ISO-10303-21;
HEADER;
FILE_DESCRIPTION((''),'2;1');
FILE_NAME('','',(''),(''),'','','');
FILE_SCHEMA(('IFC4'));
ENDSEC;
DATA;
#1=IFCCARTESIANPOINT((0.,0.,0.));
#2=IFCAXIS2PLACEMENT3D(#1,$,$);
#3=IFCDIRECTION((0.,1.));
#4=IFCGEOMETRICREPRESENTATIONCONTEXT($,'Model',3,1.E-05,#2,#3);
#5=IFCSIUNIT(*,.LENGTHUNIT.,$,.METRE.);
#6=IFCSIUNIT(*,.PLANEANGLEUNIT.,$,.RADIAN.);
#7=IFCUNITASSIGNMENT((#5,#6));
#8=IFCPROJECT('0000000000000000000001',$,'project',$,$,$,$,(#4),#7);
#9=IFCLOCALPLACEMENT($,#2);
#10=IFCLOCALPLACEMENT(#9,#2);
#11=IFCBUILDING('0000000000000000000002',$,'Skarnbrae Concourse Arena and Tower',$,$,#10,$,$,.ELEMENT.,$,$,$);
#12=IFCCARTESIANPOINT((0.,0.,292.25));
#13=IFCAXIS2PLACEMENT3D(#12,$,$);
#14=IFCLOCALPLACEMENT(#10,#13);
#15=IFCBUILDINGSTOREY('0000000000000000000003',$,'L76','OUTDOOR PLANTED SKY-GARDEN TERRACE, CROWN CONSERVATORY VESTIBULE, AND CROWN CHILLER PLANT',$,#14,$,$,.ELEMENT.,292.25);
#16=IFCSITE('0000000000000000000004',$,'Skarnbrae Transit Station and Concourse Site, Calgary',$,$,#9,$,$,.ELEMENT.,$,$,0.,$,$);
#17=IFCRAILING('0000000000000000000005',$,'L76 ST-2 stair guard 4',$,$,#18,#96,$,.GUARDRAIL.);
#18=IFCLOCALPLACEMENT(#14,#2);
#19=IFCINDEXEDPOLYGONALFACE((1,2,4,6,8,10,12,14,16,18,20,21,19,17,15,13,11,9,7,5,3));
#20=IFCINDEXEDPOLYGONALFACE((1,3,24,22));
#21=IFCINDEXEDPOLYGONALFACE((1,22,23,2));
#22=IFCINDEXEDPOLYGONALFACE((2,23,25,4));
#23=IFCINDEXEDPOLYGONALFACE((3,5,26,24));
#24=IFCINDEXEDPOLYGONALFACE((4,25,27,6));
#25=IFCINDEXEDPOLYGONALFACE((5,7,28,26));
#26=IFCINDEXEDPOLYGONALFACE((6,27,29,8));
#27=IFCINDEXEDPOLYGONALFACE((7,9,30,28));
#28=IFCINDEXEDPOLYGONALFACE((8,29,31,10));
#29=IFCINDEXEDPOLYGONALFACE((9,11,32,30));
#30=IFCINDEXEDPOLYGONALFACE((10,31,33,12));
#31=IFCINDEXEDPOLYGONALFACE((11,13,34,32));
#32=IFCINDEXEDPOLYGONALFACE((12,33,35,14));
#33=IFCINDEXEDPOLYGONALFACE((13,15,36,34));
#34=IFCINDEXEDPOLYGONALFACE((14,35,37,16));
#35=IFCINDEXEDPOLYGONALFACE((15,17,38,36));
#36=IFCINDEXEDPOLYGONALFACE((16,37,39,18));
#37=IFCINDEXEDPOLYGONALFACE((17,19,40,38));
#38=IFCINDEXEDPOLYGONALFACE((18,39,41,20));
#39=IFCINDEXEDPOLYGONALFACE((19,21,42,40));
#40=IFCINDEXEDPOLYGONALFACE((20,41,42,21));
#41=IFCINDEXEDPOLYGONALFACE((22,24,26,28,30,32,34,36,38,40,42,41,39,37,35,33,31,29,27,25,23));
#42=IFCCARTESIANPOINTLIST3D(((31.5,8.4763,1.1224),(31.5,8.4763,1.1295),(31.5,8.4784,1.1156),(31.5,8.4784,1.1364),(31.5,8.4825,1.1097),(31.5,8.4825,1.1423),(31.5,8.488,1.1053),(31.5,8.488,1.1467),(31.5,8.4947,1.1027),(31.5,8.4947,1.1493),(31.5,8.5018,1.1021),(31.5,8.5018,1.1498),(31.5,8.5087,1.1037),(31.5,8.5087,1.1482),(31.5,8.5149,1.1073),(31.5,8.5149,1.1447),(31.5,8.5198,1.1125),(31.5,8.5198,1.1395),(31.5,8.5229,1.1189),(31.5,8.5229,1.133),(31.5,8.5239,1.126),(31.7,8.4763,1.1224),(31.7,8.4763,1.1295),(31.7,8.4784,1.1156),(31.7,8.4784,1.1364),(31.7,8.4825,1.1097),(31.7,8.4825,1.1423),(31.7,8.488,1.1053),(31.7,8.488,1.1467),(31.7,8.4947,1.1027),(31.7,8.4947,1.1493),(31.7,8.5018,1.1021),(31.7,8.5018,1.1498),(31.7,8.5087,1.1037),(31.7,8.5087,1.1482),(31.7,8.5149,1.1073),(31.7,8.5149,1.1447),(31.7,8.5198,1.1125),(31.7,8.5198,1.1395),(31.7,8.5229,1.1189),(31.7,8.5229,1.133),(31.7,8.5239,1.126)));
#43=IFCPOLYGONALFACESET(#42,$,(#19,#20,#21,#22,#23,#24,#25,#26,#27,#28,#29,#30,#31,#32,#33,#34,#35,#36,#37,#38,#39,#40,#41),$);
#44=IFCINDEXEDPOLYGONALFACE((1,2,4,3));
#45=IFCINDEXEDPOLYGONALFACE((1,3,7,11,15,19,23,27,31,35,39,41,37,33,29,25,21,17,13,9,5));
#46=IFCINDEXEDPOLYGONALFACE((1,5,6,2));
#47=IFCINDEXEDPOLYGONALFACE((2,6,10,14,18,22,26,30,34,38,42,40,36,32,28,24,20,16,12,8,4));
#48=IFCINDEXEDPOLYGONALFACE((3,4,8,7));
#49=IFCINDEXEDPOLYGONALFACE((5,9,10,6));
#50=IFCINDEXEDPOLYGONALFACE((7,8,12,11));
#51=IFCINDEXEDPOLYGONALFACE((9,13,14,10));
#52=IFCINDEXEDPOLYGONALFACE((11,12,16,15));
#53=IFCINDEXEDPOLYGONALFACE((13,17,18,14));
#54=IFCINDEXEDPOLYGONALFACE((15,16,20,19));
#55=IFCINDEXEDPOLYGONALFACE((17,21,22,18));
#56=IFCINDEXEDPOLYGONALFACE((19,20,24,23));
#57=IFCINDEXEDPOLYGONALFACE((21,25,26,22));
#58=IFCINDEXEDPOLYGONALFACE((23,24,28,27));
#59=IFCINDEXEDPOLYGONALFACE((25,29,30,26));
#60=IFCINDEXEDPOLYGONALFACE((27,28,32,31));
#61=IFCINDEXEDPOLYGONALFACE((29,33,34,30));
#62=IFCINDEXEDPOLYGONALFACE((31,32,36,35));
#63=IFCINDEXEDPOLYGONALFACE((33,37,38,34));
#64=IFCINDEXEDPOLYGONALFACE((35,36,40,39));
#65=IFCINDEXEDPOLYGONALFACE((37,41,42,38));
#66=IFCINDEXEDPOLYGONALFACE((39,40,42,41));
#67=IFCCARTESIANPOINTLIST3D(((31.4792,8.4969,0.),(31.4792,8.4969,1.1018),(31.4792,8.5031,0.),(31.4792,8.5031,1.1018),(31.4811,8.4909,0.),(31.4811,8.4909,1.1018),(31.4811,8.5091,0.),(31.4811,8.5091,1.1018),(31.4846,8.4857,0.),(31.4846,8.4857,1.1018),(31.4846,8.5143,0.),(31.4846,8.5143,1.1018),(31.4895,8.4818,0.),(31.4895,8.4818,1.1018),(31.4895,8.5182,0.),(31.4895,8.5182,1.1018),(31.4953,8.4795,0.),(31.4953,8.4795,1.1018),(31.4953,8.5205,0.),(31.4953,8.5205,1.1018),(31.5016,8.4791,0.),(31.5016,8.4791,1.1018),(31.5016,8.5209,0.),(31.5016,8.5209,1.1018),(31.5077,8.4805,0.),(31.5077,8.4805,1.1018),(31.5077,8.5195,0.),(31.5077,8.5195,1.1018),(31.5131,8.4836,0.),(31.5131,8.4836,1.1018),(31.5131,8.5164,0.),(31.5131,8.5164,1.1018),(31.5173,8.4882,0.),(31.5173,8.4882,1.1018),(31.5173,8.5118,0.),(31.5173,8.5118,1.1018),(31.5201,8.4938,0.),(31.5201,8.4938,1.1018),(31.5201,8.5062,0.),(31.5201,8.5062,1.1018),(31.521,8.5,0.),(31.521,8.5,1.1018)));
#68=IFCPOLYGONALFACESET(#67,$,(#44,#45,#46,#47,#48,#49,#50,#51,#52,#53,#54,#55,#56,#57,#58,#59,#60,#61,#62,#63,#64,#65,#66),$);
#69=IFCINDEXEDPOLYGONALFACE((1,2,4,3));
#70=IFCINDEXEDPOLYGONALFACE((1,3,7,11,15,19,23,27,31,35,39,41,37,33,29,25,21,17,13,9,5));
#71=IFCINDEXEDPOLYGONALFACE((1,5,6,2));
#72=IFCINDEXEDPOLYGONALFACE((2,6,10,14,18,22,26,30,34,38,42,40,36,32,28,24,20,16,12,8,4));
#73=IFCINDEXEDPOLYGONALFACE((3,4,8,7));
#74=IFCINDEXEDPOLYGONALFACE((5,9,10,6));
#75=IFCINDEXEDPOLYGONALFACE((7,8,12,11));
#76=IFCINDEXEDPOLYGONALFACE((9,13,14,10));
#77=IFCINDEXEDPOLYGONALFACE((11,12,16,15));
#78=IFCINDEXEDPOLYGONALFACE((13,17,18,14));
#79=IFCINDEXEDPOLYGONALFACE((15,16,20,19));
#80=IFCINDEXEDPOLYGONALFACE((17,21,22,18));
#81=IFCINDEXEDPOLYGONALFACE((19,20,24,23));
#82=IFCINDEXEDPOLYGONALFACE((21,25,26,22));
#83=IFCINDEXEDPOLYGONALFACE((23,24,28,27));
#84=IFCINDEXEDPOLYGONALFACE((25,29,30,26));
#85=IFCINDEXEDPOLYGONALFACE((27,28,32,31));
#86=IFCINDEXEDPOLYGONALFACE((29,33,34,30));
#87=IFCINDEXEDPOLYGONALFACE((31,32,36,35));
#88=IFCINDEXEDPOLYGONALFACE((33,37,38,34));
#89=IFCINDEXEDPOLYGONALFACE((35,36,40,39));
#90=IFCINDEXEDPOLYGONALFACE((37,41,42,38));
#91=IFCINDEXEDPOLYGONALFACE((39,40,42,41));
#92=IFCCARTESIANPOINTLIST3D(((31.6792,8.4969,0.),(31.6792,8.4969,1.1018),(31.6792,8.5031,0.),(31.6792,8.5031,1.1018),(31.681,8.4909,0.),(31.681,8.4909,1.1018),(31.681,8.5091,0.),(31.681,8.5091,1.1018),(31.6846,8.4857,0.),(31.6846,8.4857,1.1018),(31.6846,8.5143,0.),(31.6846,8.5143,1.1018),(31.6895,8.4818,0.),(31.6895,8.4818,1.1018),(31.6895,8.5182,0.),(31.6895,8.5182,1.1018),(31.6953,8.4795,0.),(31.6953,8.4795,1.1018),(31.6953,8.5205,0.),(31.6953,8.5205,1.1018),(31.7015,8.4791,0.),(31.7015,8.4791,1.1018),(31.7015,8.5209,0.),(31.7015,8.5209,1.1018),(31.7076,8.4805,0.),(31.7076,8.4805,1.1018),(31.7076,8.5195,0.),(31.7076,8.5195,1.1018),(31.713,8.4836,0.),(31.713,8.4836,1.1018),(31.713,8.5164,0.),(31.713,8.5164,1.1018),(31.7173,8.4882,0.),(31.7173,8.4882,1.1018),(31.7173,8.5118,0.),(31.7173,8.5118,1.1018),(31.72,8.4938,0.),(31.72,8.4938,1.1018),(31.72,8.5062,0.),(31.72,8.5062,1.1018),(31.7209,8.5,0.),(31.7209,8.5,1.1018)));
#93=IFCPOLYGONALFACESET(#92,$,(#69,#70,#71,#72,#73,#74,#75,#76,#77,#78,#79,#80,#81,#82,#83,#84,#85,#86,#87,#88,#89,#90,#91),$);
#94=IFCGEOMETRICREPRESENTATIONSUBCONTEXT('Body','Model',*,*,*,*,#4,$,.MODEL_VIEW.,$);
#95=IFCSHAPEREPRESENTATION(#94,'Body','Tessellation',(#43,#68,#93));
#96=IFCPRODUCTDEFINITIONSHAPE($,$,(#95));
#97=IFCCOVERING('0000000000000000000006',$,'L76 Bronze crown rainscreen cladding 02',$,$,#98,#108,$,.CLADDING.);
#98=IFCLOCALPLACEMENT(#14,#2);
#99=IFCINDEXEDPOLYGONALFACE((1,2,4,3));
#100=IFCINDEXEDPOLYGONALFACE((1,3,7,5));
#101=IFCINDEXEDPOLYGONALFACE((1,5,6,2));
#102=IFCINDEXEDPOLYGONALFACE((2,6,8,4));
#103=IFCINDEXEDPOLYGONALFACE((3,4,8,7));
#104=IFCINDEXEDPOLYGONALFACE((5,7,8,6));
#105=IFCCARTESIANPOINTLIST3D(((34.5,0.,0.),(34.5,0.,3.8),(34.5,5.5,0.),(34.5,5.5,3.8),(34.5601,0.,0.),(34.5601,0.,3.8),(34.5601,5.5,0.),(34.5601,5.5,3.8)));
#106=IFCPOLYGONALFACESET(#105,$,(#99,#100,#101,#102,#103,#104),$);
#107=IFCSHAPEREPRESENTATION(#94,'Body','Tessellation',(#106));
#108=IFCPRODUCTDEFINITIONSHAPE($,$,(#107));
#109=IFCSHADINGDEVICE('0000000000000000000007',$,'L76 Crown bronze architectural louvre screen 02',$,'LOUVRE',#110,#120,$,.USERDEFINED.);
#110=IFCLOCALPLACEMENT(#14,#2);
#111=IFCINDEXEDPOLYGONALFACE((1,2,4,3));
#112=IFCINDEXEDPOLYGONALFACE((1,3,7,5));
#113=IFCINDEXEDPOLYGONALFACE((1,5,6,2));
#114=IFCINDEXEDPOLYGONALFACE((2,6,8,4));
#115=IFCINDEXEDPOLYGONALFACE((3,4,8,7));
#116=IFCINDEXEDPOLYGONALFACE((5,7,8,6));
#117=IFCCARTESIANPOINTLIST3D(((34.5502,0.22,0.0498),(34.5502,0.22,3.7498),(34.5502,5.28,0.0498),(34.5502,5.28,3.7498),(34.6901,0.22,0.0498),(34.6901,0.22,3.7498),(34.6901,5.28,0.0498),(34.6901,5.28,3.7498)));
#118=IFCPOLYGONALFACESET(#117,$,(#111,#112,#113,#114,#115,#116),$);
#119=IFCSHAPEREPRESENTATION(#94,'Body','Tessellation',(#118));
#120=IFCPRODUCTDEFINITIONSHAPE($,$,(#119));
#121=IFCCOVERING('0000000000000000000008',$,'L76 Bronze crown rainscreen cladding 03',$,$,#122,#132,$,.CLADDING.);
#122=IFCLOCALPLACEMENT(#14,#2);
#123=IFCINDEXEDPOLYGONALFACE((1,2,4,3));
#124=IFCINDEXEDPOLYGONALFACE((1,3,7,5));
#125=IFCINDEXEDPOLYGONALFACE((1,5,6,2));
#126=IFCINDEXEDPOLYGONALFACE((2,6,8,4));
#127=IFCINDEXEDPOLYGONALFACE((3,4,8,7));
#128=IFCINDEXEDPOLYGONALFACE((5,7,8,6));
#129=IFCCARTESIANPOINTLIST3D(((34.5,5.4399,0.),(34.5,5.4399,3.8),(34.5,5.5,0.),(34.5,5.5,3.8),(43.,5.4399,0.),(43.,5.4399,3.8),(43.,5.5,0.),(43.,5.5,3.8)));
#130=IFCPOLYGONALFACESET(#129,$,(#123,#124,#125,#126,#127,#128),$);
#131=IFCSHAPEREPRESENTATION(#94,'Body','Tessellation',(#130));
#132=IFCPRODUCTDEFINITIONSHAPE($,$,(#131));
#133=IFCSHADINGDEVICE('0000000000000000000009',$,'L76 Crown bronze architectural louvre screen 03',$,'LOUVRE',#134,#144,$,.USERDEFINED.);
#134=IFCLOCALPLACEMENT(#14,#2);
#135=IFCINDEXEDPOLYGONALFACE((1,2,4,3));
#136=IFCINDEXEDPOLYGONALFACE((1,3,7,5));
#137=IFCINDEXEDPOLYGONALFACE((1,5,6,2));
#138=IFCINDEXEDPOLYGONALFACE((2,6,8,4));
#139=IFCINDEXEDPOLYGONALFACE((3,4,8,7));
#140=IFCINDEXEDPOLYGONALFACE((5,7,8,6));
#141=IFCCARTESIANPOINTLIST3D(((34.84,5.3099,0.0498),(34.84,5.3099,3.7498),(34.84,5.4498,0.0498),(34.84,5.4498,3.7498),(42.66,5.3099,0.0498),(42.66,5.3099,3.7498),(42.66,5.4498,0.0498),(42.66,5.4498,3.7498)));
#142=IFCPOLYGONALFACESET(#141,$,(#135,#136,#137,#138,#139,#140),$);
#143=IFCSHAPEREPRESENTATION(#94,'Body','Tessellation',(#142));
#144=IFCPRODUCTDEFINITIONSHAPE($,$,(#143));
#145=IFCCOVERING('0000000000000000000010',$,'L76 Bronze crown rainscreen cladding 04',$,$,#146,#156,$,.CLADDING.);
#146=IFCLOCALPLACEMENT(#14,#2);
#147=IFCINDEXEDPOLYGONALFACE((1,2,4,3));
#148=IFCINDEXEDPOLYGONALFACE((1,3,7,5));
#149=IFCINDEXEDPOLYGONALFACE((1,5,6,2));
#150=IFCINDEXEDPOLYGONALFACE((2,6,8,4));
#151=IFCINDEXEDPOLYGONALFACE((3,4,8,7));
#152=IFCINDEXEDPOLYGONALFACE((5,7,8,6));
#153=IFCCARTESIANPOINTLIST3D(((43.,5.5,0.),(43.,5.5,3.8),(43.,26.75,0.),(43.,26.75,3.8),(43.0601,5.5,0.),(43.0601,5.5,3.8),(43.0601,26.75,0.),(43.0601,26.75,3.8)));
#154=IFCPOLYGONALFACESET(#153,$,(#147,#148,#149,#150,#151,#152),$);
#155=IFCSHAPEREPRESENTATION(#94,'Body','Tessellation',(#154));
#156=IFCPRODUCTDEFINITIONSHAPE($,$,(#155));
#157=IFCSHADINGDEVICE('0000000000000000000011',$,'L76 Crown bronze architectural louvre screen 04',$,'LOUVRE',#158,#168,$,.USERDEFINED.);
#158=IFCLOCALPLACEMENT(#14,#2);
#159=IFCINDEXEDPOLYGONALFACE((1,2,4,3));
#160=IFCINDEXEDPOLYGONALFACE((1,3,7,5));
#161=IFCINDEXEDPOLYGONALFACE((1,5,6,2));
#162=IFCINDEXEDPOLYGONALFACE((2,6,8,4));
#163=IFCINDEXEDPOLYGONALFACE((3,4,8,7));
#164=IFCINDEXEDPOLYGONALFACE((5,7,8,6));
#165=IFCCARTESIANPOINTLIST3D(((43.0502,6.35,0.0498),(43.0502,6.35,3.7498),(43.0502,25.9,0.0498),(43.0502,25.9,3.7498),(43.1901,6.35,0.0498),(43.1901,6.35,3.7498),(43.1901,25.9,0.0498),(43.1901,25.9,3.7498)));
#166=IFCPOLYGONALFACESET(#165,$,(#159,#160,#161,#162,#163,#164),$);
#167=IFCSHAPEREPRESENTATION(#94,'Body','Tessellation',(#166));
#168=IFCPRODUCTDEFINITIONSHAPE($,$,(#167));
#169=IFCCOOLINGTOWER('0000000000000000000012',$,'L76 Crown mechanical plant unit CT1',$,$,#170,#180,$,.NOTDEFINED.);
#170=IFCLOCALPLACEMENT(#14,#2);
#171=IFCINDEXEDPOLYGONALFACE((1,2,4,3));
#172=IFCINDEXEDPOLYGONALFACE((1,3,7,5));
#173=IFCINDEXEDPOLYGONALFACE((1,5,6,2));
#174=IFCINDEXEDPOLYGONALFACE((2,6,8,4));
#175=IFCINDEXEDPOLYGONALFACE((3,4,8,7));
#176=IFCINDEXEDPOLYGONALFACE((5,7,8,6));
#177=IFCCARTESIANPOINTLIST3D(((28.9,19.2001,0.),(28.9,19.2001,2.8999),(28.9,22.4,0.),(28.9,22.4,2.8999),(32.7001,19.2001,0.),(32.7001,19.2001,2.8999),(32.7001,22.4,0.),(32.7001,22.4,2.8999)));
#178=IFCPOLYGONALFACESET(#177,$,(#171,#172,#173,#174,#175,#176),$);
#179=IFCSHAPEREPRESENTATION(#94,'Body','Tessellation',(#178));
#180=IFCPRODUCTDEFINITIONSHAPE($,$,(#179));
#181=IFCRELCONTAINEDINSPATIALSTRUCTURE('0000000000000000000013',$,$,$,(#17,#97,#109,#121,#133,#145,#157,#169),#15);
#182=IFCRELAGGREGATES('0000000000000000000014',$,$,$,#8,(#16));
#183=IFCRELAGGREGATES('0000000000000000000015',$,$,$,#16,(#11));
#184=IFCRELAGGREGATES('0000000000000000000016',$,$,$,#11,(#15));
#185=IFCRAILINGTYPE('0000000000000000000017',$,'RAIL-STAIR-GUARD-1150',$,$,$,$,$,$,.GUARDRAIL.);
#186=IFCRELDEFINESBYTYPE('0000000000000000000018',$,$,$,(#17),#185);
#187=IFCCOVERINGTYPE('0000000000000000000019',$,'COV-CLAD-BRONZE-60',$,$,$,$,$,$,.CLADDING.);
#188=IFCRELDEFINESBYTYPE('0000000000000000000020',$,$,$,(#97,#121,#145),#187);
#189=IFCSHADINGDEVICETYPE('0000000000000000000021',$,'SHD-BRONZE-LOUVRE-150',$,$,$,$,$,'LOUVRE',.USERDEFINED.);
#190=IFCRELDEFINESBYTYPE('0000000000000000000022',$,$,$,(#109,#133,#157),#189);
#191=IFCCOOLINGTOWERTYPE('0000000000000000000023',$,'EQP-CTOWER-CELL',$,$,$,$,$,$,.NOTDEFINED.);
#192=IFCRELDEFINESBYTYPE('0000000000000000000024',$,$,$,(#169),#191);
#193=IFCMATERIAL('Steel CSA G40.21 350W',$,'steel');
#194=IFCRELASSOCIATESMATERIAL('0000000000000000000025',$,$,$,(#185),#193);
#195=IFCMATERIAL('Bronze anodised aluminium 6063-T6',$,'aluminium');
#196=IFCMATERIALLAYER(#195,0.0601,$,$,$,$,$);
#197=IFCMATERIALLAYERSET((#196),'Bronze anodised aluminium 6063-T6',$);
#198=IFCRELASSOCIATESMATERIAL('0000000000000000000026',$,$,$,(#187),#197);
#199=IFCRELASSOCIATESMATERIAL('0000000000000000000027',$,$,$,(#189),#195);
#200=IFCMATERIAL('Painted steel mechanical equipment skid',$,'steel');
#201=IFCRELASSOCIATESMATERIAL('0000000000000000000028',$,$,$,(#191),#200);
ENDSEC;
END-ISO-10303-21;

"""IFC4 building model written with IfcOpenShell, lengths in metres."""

from ifc_helpers import new_model, si_unit, direction, frame, origin, origin_2d, place, context, subcontext, project, spatial, rectangle, circle, extrude, source, transform, mapped, material, layer, layer_set, type_object, element, save


model = new_model("IFC4")

# Units and contexts
model_context = context("Model", 3, precision=1e-05, world=origin(), true_north=direction((0.0, 1.0)))
body_context = subcontext(model_context, "Body", "Model", "MODEL_VIEW")
ifc_project = project(units=[si_unit("LENGTHUNIT", "METRE"), si_unit("PLANEANGLEUNIT", "RADIAN")], contexts=[model_context])

# Site, building, storey
site_placement = place(None, origin())
site = spatial("IfcSite", under=ifc_project, at=site_placement, Name="Skarnbrae Transit Station and Concourse Site, Calgary", CompositionType="ELEMENT", RefElevation=0.0)
building_placement = place(site_placement, origin())
building = spatial("IfcBuilding", under=site, at=building_placement, Name="Skarnbrae Concourse Arena and Tower", CompositionType="ELEMENT")
storey_placement = place(building_placement, frame((0.0, 0.0, 292.25)))
storey = spatial("IfcBuildingStorey", under=building, at=storey_placement, Name="L76", Description="OUTDOOR PLANTED SKY-GARDEN TERRACE, CROWN CONSERVATORY VESTIBULE, AND CROWN CHILLER PLANT", CompositionType="ELEMENT", Elevation=292.25)

# Shared definitions
ifc_material_1 = material(Name="Steel CSA G40.21 350W", Category="steel")

# Railing
railing_type_1 = type_object("IfcRailingType", Name="RAIL-STAIR-GUARD-1150", PredefinedType="GUARDRAIL", material=ifc_material_1)
railing_1_placement = place(storey_placement, frame((31.5, 8.5, 0.0)))
element("IfcRailing", 1, at=railing_1_placement, inside=storey, type_object=railing_type_1, Name="L76 ST-2 stair guard 4", PredefinedType="GUARDRAIL", context=body_context, shape_type="SweptSolid", body=[
    extrude(circle(Radius=0.0239, at=origin_2d()), frame((0.0, 0.0, 1.126), z_axis=(1.0, 0.0, 0.0), x_axis=(0.0, 1.0, 0.0)), (0.0, 0.0, 1.0), 0.2),
    extrude(circle(Radius=0.021, at=origin_2d()), origin(), (0.0, 0.0, 1.0), 1.1018),
    extrude(circle(Radius=0.021, at=origin_2d()), frame((0.2, 0.0, 0.0)), (0.0, 0.0, 1.0), 1.1018),
])

# Covering
ifc_material_2 = material(Name="Bronze anodised aluminium 6063-T6", Category="aluminium")
ifc_layer_1 = layer(ifc_material_2, 0.0601)
ifc_layer_set_1 = layer_set([ifc_layer_1], Name="Bronze anodised aluminium 6063-T6")
covering_type = type_object("IfcCoveringType", Name="COV-CLAD-BRONZE-60", PredefinedType="CLADDING", material=ifc_layer_set_1)
shared_shape_1 = source(origin(), body_context, "Body", "SweptSolid", [
    extrude(rectangle(XDim=5.5, YDim=0.0601, at=origin_2d()), origin(), (0.0, 0.0, 1.0), 3.8),
])
covering_1_placement = place(storey_placement, frame((34.53, 2.75, 0.0), z_axis=(0.0, 0.0, 1.0), x_axis=(0.0, 1.0, 0.0)))
element("IfcCovering", 2, at=covering_1_placement, inside=storey, type_object=covering_type, Name="L76 Bronze crown rainscreen cladding 02", PredefinedType="CLADDING", context=body_context, shape_type="MappedRepresentation", body=[
    mapped(shared_shape_1, transform((0.0, 0.0, 0.0))),
])

# Shading device
shading_device_type = type_object("IfcShadingDeviceType", Name="SHD-BRONZE-LOUVRE-150", ElementType="LOUVRE", PredefinedType="USERDEFINED", material=ifc_material_2)
shared_shape_2 = source(origin(), body_context, "Body", "SweptSolid", [
    extrude(rectangle(XDim=5.0601, YDim=0.1399, at=origin_2d()), origin(), (0.0, 0.0, 1.0), 3.7),
])
shading_device_1_placement = place(storey_placement, frame((34.6201, 2.75, 0.0498), z_axis=(0.0, 0.0, 1.0), x_axis=(0.0, 1.0, 0.0)))
element("IfcShadingDevice", 3, at=shading_device_1_placement, inside=storey, type_object=shading_device_type, Name="L76 Crown bronze architectural louvre screen 02", ObjectType="LOUVRE", PredefinedType="USERDEFINED", context=body_context, shape_type="MappedRepresentation", body=[
    mapped(shared_shape_2, transform((0.0, 0.0, 0.0))),
])

# Covering
shared_shape_3 = source(origin(), body_context, "Body", "SweptSolid", [
    extrude(rectangle(XDim=8.5, YDim=0.0601, at=origin_2d()), origin(), (0.0, 0.0, 1.0), 3.8),
])
covering_2_placement = place(storey_placement, frame((38.75, 5.47, 0.0), z_axis=(0.0, 0.0, 1.0), x_axis=(1.0, 0.0, 0.0)))
element("IfcCovering", 4, at=covering_2_placement, inside=storey, type_object=covering_type, Name="L76 Bronze crown rainscreen cladding 03", PredefinedType="CLADDING", context=body_context, shape_type="MappedRepresentation", body=[
    mapped(shared_shape_3, transform((0.0, 0.0, 0.0))),
])

# Shading device
shared_shape_4 = source(origin(), body_context, "Body", "SweptSolid", [
    extrude(rectangle(XDim=7.8201, YDim=0.1399, at=origin_2d()), origin(), (0.0, 0.0, 1.0), 3.7),
])
shading_device_2_placement = place(storey_placement, frame((38.75, 5.3799, 0.0498), z_axis=(0.0, 0.0, 1.0), x_axis=(1.0, 0.0, 0.0)))
element("IfcShadingDevice", 5, at=shading_device_2_placement, inside=storey, type_object=shading_device_type, Name="L76 Crown bronze architectural louvre screen 03", ObjectType="LOUVRE", PredefinedType="USERDEFINED", context=body_context, shape_type="MappedRepresentation", body=[
    mapped(shared_shape_4, transform((0.0, 0.0, 0.0))),
])

# Covering
shared_shape_5 = source(origin(), body_context, "Body", "SweptSolid", [
    extrude(rectangle(XDim=21.25, YDim=0.0601, at=origin_2d()), origin(), (0.0, 0.0, 1.0), 3.8),
])
covering_3_placement = place(storey_placement, frame((43.03, 16.125, 0.0), z_axis=(0.0, 0.0, 1.0), x_axis=(0.0, 1.0, 0.0)))
element("IfcCovering", 6, at=covering_3_placement, inside=storey, type_object=covering_type, Name="L76 Bronze crown rainscreen cladding 04", PredefinedType="CLADDING", context=body_context, shape_type="MappedRepresentation", body=[
    mapped(shared_shape_5, transform((0.0, 0.0, 0.0))),
])

# Shading device
shared_shape_6 = source(origin(), body_context, "Body", "SweptSolid", [
    extrude(rectangle(XDim=19.55, YDim=0.1399, at=origin_2d()), origin(), (0.0, 0.0, 1.0), 3.7),
])
shading_device_3_placement = place(storey_placement, frame((43.1201, 16.125, 0.0498), z_axis=(0.0, 0.0, 1.0), x_axis=(0.0, 1.0, 0.0)))
element("IfcShadingDevice", 7, at=shading_device_3_placement, inside=storey, type_object=shading_device_type, Name="L76 Crown bronze architectural louvre screen 04", ObjectType="LOUVRE", PredefinedType="USERDEFINED", context=body_context, shape_type="MappedRepresentation", body=[
    mapped(shared_shape_6, transform((0.0, 0.0, 0.0))),
])

# Cooling tower
ifc_material_3 = material(Name="Painted steel mechanical equipment skid", Category="steel")
cooling_tower_type = type_object("IfcCoolingTowerType", Name="EQP-CTOWER-CELL", PredefinedType="NOTDEFINED", material=ifc_material_3)
shared_shape_7 = source(origin(), body_context, "Body", "SweptSolid", [
    extrude(rectangle(XDim=3.8, YDim=3.2, at=origin_2d()), origin(), (0.0, 0.0, 1.0), 2.8999),
])
cooling_tower_1_placement = place(storey_placement, frame((30.8, 20.8, 0.0), z_axis=(0.0, 0.0, 1.0), x_axis=(1.0, 0.0, 0.0)))
element("IfcCoolingTower", 8, at=cooling_tower_1_placement, inside=storey, type_object=cooling_tower_type, Name="L76 Crown mechanical plant unit CT1", PredefinedType="NOTDEFINED", context=body_context, shape_type="MappedRepresentation", body=[
    mapped(shared_shape_7, transform((0.0, 0.0, 0.0))),
])

save(model, "model.ifc")
